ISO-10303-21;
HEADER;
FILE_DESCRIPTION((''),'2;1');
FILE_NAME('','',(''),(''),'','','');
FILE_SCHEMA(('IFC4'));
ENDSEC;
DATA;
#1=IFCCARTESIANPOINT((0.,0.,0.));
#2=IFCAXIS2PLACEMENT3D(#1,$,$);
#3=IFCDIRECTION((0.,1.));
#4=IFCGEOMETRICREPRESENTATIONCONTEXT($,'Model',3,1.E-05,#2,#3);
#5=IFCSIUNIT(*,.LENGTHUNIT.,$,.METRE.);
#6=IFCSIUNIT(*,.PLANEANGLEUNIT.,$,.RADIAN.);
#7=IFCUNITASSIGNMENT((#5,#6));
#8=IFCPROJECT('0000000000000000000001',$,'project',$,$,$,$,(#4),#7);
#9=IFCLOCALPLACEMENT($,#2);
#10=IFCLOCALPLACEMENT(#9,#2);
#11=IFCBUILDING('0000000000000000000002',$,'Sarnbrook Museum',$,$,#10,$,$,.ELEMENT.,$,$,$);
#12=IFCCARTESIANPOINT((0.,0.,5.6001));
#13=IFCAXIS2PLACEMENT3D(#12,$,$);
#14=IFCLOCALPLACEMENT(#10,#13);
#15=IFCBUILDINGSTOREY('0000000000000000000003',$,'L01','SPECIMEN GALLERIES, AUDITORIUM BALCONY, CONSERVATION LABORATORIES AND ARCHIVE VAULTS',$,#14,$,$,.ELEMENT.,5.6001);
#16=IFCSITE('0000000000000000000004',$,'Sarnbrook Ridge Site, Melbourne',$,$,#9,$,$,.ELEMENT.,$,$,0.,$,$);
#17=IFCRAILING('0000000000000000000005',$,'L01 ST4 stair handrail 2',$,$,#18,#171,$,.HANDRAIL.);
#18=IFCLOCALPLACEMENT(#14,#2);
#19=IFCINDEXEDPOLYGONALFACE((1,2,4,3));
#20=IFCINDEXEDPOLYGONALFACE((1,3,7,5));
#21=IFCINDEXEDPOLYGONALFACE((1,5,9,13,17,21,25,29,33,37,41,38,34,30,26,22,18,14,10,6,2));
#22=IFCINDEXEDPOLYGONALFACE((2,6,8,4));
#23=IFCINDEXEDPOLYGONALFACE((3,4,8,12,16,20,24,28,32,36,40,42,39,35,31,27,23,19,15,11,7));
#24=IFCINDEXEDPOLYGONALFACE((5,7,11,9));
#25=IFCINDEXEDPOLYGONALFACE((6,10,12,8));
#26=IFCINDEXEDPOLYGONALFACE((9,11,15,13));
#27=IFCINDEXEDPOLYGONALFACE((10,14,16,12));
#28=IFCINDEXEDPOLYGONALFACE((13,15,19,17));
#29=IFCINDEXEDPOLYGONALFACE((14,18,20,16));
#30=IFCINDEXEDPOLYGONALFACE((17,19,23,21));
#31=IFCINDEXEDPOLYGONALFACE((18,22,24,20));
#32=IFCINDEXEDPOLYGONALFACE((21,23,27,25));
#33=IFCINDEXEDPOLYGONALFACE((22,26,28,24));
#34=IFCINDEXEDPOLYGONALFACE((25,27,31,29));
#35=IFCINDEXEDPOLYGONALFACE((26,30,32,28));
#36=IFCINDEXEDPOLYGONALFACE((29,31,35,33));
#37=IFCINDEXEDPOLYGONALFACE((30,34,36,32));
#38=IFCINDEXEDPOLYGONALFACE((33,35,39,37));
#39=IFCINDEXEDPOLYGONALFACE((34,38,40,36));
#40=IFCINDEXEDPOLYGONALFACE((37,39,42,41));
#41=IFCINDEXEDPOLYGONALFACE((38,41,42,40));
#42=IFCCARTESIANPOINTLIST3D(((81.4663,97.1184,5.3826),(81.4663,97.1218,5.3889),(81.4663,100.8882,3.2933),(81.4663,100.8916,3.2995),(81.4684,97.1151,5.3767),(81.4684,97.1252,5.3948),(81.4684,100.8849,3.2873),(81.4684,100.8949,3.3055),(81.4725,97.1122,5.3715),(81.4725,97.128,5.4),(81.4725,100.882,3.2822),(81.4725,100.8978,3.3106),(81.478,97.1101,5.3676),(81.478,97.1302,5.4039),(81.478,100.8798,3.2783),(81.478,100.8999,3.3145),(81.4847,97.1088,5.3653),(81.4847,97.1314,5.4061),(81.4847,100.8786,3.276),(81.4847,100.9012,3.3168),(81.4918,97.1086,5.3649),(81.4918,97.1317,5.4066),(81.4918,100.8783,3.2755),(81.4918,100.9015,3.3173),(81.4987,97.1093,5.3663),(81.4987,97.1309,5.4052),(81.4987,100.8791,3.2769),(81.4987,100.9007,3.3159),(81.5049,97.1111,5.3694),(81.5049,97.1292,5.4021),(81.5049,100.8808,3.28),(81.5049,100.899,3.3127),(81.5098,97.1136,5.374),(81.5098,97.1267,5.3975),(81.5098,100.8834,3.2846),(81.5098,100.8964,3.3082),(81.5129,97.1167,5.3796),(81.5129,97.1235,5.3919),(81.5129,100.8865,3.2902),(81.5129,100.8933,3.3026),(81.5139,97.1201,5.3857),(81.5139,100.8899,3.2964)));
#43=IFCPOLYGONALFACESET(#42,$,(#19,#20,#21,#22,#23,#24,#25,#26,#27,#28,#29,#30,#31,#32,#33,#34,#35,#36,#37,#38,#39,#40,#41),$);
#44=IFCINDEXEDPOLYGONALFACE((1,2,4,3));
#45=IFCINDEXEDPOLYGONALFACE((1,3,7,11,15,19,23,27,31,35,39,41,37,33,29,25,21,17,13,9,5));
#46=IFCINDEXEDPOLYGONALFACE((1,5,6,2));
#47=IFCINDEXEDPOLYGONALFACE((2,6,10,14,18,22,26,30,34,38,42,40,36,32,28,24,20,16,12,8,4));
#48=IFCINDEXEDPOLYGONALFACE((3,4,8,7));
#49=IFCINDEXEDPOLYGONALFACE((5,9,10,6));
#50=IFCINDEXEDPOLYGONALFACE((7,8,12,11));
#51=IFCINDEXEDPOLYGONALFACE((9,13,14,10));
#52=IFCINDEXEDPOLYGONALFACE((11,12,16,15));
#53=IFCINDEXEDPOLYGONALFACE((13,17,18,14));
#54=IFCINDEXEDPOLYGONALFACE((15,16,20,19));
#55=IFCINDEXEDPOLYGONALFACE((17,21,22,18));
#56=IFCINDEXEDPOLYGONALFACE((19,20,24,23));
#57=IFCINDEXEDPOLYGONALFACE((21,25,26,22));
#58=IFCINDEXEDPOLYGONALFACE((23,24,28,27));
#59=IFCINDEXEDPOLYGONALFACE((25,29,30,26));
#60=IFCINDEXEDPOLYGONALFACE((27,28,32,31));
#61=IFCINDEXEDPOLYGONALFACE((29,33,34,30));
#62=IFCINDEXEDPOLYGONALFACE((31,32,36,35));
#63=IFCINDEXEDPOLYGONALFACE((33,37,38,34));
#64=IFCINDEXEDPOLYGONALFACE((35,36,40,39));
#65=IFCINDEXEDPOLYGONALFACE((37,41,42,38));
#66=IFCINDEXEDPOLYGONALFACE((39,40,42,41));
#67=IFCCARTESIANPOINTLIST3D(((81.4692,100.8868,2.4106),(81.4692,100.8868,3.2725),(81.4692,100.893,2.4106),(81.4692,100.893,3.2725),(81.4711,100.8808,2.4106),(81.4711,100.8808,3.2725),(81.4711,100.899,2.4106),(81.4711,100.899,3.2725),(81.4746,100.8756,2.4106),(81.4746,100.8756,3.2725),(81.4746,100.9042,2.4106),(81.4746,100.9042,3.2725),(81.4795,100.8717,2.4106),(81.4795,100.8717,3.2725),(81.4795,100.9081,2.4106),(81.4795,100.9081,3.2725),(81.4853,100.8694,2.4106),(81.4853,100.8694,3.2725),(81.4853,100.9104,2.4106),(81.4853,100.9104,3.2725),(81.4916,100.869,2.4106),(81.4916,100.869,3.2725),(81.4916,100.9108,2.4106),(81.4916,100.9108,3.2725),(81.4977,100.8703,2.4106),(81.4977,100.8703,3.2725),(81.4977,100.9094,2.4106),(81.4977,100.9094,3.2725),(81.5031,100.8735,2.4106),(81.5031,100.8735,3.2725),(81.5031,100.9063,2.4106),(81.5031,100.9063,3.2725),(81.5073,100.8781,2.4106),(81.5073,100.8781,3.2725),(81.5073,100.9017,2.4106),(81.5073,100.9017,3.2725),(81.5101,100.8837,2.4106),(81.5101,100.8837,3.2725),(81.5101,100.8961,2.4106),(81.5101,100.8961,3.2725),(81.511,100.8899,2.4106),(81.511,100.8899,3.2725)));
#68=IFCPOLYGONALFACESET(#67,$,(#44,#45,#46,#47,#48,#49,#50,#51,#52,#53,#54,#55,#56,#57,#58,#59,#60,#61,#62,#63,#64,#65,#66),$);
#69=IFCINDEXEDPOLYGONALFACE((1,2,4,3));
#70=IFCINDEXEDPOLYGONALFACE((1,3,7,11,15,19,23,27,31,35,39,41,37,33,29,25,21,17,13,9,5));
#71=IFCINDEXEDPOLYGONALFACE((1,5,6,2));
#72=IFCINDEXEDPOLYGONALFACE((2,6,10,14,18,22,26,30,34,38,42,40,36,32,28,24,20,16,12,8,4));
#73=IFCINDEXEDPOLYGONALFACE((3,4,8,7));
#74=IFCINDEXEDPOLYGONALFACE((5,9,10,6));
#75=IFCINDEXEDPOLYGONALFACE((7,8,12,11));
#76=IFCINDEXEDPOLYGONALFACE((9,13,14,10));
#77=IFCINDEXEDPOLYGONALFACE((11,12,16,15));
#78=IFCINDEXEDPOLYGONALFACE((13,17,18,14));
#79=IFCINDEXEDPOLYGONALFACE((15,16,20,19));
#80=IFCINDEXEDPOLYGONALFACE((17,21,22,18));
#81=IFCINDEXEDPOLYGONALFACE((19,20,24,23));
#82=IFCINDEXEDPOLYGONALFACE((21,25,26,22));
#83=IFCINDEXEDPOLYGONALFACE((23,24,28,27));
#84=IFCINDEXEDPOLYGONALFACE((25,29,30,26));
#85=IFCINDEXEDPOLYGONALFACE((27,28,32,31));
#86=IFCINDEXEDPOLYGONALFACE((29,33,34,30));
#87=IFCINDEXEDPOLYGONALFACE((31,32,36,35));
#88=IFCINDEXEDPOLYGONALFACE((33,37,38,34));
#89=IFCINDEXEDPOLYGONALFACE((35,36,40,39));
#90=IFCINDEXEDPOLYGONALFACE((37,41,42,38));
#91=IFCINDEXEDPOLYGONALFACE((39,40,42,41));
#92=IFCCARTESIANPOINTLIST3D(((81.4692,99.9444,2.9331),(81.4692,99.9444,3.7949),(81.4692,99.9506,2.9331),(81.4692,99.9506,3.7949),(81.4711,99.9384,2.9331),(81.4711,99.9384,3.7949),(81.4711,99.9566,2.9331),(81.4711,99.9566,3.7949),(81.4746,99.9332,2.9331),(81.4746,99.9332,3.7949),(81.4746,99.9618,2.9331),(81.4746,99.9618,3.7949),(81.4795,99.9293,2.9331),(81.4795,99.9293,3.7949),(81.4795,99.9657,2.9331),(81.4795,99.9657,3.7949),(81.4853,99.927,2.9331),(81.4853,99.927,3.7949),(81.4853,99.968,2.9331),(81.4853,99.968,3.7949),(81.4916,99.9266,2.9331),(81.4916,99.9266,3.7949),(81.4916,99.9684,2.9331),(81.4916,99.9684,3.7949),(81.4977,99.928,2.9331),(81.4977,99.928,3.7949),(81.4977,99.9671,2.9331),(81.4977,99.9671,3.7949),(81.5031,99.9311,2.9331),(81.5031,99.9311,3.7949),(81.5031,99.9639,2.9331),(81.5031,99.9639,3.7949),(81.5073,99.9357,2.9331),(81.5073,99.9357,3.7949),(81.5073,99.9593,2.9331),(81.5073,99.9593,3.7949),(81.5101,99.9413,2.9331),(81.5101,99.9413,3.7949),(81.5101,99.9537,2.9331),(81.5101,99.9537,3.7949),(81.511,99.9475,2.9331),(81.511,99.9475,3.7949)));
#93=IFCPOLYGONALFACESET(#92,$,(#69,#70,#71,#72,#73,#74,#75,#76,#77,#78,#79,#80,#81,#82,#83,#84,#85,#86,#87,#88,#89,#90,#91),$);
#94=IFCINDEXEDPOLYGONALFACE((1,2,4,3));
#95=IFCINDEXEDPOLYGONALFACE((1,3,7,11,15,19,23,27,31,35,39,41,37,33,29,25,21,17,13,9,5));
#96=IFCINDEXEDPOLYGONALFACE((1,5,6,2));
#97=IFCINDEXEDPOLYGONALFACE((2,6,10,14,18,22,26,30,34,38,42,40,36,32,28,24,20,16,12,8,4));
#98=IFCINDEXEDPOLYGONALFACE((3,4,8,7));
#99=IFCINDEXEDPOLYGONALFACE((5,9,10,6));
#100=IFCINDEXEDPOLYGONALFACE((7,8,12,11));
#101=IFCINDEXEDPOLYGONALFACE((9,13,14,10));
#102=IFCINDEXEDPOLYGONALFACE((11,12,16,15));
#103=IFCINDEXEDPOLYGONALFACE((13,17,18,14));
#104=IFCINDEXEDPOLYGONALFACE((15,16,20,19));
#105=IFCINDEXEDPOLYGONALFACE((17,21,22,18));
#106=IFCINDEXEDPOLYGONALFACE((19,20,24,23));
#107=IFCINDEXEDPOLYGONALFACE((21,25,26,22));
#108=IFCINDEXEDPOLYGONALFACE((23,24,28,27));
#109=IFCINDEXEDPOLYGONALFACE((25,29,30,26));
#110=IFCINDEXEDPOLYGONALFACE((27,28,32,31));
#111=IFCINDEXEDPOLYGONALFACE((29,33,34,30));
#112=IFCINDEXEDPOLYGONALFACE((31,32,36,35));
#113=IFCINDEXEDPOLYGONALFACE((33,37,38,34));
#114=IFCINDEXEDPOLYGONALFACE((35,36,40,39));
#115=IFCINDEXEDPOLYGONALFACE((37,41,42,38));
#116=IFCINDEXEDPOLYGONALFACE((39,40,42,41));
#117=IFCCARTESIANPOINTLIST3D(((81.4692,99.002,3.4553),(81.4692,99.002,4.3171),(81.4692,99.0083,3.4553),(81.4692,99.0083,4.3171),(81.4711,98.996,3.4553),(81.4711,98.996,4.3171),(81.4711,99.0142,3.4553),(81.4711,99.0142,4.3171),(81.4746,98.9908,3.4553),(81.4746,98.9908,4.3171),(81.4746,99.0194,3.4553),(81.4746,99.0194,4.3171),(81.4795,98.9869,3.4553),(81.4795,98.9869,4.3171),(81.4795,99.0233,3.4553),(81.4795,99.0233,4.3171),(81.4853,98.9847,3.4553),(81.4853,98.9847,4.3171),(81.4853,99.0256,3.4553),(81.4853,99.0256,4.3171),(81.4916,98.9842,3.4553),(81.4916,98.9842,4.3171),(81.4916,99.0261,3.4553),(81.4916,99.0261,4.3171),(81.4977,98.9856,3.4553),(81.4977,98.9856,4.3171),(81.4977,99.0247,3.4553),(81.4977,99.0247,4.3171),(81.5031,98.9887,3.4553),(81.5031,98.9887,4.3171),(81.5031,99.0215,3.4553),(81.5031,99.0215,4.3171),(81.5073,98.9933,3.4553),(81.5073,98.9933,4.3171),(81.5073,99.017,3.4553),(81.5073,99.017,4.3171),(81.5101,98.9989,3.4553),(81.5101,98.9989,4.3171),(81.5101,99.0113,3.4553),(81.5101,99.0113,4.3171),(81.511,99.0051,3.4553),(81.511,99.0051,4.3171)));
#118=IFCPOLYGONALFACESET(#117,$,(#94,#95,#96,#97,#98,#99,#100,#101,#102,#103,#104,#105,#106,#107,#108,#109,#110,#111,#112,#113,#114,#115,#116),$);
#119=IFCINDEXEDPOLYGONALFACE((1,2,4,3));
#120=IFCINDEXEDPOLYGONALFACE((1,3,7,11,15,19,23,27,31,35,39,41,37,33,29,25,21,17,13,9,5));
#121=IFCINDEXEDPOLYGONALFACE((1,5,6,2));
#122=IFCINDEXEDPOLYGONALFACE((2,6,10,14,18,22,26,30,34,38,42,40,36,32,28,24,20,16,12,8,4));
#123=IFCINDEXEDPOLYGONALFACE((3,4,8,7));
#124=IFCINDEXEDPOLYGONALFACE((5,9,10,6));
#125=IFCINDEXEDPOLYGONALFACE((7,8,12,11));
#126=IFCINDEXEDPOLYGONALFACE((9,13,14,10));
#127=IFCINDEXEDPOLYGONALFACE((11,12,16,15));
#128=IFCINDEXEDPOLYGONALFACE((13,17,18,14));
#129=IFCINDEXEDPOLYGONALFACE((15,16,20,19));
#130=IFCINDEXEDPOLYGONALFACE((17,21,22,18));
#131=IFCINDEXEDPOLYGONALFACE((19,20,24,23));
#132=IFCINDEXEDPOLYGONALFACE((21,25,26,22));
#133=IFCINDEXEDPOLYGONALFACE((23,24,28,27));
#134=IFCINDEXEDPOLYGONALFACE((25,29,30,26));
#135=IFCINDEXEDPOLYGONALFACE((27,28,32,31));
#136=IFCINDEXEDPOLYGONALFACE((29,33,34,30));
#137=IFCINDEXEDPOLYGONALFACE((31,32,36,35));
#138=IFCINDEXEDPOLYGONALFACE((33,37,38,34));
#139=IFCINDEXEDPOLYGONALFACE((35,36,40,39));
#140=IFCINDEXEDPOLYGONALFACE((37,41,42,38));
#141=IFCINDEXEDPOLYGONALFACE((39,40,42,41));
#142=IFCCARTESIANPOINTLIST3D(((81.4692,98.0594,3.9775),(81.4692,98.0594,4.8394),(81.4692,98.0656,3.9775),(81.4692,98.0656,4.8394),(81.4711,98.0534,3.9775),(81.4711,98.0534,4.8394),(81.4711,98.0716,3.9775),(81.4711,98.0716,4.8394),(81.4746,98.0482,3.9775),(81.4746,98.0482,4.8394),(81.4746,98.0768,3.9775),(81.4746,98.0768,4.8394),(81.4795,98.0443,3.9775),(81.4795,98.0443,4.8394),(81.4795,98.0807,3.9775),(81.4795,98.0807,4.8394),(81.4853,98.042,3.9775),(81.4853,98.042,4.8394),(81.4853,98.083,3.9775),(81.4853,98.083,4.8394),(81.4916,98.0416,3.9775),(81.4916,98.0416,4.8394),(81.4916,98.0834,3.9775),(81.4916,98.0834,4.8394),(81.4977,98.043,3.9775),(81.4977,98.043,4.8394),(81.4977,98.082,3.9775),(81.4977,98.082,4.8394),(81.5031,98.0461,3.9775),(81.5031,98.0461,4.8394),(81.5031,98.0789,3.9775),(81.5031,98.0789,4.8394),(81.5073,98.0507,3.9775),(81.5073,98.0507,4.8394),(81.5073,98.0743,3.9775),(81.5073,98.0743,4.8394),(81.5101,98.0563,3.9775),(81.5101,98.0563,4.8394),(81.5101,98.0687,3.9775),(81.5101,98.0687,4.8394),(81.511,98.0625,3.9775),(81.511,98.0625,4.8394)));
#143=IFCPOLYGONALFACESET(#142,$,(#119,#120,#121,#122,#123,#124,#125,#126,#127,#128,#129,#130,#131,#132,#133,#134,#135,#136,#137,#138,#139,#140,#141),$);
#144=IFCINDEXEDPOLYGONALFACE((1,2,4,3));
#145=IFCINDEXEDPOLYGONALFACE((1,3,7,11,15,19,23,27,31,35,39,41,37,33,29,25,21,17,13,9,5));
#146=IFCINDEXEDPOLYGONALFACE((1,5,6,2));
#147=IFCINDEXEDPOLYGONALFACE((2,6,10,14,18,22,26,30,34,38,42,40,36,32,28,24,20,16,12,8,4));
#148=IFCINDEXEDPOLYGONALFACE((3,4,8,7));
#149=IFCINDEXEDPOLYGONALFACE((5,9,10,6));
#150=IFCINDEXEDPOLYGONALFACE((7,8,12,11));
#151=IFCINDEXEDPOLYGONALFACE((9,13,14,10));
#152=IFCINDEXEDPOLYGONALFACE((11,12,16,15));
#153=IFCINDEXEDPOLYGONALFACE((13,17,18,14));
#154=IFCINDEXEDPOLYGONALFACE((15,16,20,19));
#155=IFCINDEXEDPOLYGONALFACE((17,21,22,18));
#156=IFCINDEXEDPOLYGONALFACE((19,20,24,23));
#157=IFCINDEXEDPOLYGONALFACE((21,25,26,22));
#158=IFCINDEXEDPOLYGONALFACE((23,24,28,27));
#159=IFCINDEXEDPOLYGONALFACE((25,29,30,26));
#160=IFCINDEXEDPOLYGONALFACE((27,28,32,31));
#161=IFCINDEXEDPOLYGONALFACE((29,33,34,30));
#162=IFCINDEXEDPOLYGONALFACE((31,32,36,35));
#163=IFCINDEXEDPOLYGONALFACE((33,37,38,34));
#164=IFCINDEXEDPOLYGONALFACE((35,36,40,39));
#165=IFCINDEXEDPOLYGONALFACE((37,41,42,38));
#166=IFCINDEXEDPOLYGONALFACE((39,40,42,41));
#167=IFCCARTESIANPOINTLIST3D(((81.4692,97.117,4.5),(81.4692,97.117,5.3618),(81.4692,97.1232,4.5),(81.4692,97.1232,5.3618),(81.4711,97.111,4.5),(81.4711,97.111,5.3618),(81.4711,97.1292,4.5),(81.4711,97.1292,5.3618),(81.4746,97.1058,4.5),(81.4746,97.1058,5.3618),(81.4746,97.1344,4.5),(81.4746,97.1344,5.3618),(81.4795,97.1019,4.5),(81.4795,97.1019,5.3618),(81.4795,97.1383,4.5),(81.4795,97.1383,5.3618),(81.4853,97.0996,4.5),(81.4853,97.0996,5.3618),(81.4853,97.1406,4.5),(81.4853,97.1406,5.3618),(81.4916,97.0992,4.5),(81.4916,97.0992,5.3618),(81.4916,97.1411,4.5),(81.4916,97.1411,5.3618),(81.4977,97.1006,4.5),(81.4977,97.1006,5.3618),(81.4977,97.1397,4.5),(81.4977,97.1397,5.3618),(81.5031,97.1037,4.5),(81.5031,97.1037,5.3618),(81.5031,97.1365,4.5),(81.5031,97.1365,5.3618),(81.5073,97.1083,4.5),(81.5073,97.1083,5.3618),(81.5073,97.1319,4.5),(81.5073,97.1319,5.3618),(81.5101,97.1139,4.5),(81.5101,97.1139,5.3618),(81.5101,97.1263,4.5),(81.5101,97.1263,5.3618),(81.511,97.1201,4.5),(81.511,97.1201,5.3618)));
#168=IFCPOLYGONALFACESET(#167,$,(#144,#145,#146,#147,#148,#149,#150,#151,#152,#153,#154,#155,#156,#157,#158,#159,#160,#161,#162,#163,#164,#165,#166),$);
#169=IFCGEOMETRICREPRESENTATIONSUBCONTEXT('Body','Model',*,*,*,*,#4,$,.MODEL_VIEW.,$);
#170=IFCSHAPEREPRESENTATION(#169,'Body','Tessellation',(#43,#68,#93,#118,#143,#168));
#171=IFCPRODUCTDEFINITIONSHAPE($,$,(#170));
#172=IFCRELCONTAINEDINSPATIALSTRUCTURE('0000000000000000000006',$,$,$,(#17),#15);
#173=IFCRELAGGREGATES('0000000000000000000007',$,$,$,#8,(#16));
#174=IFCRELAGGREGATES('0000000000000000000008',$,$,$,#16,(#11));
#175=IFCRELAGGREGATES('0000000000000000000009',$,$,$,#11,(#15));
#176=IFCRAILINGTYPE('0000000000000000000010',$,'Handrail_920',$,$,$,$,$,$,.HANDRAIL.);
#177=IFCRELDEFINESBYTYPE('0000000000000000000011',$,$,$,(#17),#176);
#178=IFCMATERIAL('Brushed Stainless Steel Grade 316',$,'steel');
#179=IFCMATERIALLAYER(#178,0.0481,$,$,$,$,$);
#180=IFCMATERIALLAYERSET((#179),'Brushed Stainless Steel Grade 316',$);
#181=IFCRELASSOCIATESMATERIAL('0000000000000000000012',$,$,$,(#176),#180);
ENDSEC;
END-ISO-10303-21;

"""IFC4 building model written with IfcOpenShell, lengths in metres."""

from ifc_helpers import new_model, si_unit, direction, frame, origin, origin_2d, place, context, subcontext, project, spatial, circle, extrude, material, layer, layer_set, type_object, element, save


model = new_model("IFC4")

# Units and contexts
model_context = context("Model", 3, precision=1e-05, world=origin(), true_north=direction((0.0, 1.0)))
body_context = subcontext(model_context, "Body", "Model", "MODEL_VIEW")
ifc_project = project(units=[si_unit("LENGTHUNIT", "METRE"), si_unit("PLANEANGLEUNIT", "RADIAN")], contexts=[model_context])

# Site, building, storey
site_placement = place(None, origin())
site = spatial("IfcSite", under=ifc_project, at=site_placement, Name="Sarnbrook Ridge Site, Melbourne", CompositionType="ELEMENT", RefElevation=0.0)
building_placement = place(site_placement, origin())
building = spatial("IfcBuilding", under=site, at=building_placement, Name="Sarnbrook Museum", CompositionType="ELEMENT")
storey_placement = place(building_placement, frame((0.0, 0.0, 5.6001)))
storey = spatial("IfcBuildingStorey", under=building, at=storey_placement, Name="L01", Description="SPECIMEN GALLERIES, AUDITORIUM BALCONY, CONSERVATION LABORATORIES AND ARCHIVE VAULTS", CompositionType="ELEMENT", Elevation=5.6001)

# Shared definitions
ifc_material_1 = material(Name="Brushed Stainless Steel Grade 316", Category="steel")

# Railing
ifc_layer_1 = layer(ifc_material_1, 0.0481)
ifc_layer_set_1 = layer_set([ifc_layer_1], Name="Brushed Stainless Steel Grade 316")
railing_type_1 = type_object("IfcRailingType", Name="Handrail_920", PredefinedType="HANDRAIL", material=ifc_layer_set_1)
railing_1_placement = place(storey_placement, frame((81.49, 100.8899, 2.4106)))
element("IfcRailing", 1, at=railing_1_placement, inside=storey, type_object=railing_type_1, Name="L01 ST4 stair handrail 2", PredefinedType="HANDRAIL", context=body_context, shape_type="SweptSolid", body=[
    extrude(circle(Radius=0.0239, at=origin_2d()), frame((0.0, 0.0, 0.8857), z_axis=(0.0, -0.874646, 0.484763), x_axis=(1.0, 0.0, 0.0)), (0.0, 0.0, 1.0), 4.3101),
    extrude(circle(Radius=0.021, at=origin_2d()), origin(), (0.0, 0.0, 1.0), 0.8618),
    extrude(circle(Radius=0.021, at=origin_2d()), frame((0.0, -0.9424, 0.5225)), (0.0, 0.0, 1.0), 0.8618),
    extrude(circle(Radius=0.021, at=origin_2d()), frame((0.0, -1.8848, 1.0447)), (0.0, 0.0, 1.0), 0.8618),
    extrude(circle(Radius=0.021, at=origin_2d()), frame((0.0, -2.8274, 1.5669)), (0.0, 0.0, 1.0), 0.8618),
    extrude(circle(Radius=0.021, at=origin_2d()), frame((0.0, -3.7698, 2.0894)), (0.0, 0.0, 1.0), 0.8618),
])

save(model, "model.ifc")
